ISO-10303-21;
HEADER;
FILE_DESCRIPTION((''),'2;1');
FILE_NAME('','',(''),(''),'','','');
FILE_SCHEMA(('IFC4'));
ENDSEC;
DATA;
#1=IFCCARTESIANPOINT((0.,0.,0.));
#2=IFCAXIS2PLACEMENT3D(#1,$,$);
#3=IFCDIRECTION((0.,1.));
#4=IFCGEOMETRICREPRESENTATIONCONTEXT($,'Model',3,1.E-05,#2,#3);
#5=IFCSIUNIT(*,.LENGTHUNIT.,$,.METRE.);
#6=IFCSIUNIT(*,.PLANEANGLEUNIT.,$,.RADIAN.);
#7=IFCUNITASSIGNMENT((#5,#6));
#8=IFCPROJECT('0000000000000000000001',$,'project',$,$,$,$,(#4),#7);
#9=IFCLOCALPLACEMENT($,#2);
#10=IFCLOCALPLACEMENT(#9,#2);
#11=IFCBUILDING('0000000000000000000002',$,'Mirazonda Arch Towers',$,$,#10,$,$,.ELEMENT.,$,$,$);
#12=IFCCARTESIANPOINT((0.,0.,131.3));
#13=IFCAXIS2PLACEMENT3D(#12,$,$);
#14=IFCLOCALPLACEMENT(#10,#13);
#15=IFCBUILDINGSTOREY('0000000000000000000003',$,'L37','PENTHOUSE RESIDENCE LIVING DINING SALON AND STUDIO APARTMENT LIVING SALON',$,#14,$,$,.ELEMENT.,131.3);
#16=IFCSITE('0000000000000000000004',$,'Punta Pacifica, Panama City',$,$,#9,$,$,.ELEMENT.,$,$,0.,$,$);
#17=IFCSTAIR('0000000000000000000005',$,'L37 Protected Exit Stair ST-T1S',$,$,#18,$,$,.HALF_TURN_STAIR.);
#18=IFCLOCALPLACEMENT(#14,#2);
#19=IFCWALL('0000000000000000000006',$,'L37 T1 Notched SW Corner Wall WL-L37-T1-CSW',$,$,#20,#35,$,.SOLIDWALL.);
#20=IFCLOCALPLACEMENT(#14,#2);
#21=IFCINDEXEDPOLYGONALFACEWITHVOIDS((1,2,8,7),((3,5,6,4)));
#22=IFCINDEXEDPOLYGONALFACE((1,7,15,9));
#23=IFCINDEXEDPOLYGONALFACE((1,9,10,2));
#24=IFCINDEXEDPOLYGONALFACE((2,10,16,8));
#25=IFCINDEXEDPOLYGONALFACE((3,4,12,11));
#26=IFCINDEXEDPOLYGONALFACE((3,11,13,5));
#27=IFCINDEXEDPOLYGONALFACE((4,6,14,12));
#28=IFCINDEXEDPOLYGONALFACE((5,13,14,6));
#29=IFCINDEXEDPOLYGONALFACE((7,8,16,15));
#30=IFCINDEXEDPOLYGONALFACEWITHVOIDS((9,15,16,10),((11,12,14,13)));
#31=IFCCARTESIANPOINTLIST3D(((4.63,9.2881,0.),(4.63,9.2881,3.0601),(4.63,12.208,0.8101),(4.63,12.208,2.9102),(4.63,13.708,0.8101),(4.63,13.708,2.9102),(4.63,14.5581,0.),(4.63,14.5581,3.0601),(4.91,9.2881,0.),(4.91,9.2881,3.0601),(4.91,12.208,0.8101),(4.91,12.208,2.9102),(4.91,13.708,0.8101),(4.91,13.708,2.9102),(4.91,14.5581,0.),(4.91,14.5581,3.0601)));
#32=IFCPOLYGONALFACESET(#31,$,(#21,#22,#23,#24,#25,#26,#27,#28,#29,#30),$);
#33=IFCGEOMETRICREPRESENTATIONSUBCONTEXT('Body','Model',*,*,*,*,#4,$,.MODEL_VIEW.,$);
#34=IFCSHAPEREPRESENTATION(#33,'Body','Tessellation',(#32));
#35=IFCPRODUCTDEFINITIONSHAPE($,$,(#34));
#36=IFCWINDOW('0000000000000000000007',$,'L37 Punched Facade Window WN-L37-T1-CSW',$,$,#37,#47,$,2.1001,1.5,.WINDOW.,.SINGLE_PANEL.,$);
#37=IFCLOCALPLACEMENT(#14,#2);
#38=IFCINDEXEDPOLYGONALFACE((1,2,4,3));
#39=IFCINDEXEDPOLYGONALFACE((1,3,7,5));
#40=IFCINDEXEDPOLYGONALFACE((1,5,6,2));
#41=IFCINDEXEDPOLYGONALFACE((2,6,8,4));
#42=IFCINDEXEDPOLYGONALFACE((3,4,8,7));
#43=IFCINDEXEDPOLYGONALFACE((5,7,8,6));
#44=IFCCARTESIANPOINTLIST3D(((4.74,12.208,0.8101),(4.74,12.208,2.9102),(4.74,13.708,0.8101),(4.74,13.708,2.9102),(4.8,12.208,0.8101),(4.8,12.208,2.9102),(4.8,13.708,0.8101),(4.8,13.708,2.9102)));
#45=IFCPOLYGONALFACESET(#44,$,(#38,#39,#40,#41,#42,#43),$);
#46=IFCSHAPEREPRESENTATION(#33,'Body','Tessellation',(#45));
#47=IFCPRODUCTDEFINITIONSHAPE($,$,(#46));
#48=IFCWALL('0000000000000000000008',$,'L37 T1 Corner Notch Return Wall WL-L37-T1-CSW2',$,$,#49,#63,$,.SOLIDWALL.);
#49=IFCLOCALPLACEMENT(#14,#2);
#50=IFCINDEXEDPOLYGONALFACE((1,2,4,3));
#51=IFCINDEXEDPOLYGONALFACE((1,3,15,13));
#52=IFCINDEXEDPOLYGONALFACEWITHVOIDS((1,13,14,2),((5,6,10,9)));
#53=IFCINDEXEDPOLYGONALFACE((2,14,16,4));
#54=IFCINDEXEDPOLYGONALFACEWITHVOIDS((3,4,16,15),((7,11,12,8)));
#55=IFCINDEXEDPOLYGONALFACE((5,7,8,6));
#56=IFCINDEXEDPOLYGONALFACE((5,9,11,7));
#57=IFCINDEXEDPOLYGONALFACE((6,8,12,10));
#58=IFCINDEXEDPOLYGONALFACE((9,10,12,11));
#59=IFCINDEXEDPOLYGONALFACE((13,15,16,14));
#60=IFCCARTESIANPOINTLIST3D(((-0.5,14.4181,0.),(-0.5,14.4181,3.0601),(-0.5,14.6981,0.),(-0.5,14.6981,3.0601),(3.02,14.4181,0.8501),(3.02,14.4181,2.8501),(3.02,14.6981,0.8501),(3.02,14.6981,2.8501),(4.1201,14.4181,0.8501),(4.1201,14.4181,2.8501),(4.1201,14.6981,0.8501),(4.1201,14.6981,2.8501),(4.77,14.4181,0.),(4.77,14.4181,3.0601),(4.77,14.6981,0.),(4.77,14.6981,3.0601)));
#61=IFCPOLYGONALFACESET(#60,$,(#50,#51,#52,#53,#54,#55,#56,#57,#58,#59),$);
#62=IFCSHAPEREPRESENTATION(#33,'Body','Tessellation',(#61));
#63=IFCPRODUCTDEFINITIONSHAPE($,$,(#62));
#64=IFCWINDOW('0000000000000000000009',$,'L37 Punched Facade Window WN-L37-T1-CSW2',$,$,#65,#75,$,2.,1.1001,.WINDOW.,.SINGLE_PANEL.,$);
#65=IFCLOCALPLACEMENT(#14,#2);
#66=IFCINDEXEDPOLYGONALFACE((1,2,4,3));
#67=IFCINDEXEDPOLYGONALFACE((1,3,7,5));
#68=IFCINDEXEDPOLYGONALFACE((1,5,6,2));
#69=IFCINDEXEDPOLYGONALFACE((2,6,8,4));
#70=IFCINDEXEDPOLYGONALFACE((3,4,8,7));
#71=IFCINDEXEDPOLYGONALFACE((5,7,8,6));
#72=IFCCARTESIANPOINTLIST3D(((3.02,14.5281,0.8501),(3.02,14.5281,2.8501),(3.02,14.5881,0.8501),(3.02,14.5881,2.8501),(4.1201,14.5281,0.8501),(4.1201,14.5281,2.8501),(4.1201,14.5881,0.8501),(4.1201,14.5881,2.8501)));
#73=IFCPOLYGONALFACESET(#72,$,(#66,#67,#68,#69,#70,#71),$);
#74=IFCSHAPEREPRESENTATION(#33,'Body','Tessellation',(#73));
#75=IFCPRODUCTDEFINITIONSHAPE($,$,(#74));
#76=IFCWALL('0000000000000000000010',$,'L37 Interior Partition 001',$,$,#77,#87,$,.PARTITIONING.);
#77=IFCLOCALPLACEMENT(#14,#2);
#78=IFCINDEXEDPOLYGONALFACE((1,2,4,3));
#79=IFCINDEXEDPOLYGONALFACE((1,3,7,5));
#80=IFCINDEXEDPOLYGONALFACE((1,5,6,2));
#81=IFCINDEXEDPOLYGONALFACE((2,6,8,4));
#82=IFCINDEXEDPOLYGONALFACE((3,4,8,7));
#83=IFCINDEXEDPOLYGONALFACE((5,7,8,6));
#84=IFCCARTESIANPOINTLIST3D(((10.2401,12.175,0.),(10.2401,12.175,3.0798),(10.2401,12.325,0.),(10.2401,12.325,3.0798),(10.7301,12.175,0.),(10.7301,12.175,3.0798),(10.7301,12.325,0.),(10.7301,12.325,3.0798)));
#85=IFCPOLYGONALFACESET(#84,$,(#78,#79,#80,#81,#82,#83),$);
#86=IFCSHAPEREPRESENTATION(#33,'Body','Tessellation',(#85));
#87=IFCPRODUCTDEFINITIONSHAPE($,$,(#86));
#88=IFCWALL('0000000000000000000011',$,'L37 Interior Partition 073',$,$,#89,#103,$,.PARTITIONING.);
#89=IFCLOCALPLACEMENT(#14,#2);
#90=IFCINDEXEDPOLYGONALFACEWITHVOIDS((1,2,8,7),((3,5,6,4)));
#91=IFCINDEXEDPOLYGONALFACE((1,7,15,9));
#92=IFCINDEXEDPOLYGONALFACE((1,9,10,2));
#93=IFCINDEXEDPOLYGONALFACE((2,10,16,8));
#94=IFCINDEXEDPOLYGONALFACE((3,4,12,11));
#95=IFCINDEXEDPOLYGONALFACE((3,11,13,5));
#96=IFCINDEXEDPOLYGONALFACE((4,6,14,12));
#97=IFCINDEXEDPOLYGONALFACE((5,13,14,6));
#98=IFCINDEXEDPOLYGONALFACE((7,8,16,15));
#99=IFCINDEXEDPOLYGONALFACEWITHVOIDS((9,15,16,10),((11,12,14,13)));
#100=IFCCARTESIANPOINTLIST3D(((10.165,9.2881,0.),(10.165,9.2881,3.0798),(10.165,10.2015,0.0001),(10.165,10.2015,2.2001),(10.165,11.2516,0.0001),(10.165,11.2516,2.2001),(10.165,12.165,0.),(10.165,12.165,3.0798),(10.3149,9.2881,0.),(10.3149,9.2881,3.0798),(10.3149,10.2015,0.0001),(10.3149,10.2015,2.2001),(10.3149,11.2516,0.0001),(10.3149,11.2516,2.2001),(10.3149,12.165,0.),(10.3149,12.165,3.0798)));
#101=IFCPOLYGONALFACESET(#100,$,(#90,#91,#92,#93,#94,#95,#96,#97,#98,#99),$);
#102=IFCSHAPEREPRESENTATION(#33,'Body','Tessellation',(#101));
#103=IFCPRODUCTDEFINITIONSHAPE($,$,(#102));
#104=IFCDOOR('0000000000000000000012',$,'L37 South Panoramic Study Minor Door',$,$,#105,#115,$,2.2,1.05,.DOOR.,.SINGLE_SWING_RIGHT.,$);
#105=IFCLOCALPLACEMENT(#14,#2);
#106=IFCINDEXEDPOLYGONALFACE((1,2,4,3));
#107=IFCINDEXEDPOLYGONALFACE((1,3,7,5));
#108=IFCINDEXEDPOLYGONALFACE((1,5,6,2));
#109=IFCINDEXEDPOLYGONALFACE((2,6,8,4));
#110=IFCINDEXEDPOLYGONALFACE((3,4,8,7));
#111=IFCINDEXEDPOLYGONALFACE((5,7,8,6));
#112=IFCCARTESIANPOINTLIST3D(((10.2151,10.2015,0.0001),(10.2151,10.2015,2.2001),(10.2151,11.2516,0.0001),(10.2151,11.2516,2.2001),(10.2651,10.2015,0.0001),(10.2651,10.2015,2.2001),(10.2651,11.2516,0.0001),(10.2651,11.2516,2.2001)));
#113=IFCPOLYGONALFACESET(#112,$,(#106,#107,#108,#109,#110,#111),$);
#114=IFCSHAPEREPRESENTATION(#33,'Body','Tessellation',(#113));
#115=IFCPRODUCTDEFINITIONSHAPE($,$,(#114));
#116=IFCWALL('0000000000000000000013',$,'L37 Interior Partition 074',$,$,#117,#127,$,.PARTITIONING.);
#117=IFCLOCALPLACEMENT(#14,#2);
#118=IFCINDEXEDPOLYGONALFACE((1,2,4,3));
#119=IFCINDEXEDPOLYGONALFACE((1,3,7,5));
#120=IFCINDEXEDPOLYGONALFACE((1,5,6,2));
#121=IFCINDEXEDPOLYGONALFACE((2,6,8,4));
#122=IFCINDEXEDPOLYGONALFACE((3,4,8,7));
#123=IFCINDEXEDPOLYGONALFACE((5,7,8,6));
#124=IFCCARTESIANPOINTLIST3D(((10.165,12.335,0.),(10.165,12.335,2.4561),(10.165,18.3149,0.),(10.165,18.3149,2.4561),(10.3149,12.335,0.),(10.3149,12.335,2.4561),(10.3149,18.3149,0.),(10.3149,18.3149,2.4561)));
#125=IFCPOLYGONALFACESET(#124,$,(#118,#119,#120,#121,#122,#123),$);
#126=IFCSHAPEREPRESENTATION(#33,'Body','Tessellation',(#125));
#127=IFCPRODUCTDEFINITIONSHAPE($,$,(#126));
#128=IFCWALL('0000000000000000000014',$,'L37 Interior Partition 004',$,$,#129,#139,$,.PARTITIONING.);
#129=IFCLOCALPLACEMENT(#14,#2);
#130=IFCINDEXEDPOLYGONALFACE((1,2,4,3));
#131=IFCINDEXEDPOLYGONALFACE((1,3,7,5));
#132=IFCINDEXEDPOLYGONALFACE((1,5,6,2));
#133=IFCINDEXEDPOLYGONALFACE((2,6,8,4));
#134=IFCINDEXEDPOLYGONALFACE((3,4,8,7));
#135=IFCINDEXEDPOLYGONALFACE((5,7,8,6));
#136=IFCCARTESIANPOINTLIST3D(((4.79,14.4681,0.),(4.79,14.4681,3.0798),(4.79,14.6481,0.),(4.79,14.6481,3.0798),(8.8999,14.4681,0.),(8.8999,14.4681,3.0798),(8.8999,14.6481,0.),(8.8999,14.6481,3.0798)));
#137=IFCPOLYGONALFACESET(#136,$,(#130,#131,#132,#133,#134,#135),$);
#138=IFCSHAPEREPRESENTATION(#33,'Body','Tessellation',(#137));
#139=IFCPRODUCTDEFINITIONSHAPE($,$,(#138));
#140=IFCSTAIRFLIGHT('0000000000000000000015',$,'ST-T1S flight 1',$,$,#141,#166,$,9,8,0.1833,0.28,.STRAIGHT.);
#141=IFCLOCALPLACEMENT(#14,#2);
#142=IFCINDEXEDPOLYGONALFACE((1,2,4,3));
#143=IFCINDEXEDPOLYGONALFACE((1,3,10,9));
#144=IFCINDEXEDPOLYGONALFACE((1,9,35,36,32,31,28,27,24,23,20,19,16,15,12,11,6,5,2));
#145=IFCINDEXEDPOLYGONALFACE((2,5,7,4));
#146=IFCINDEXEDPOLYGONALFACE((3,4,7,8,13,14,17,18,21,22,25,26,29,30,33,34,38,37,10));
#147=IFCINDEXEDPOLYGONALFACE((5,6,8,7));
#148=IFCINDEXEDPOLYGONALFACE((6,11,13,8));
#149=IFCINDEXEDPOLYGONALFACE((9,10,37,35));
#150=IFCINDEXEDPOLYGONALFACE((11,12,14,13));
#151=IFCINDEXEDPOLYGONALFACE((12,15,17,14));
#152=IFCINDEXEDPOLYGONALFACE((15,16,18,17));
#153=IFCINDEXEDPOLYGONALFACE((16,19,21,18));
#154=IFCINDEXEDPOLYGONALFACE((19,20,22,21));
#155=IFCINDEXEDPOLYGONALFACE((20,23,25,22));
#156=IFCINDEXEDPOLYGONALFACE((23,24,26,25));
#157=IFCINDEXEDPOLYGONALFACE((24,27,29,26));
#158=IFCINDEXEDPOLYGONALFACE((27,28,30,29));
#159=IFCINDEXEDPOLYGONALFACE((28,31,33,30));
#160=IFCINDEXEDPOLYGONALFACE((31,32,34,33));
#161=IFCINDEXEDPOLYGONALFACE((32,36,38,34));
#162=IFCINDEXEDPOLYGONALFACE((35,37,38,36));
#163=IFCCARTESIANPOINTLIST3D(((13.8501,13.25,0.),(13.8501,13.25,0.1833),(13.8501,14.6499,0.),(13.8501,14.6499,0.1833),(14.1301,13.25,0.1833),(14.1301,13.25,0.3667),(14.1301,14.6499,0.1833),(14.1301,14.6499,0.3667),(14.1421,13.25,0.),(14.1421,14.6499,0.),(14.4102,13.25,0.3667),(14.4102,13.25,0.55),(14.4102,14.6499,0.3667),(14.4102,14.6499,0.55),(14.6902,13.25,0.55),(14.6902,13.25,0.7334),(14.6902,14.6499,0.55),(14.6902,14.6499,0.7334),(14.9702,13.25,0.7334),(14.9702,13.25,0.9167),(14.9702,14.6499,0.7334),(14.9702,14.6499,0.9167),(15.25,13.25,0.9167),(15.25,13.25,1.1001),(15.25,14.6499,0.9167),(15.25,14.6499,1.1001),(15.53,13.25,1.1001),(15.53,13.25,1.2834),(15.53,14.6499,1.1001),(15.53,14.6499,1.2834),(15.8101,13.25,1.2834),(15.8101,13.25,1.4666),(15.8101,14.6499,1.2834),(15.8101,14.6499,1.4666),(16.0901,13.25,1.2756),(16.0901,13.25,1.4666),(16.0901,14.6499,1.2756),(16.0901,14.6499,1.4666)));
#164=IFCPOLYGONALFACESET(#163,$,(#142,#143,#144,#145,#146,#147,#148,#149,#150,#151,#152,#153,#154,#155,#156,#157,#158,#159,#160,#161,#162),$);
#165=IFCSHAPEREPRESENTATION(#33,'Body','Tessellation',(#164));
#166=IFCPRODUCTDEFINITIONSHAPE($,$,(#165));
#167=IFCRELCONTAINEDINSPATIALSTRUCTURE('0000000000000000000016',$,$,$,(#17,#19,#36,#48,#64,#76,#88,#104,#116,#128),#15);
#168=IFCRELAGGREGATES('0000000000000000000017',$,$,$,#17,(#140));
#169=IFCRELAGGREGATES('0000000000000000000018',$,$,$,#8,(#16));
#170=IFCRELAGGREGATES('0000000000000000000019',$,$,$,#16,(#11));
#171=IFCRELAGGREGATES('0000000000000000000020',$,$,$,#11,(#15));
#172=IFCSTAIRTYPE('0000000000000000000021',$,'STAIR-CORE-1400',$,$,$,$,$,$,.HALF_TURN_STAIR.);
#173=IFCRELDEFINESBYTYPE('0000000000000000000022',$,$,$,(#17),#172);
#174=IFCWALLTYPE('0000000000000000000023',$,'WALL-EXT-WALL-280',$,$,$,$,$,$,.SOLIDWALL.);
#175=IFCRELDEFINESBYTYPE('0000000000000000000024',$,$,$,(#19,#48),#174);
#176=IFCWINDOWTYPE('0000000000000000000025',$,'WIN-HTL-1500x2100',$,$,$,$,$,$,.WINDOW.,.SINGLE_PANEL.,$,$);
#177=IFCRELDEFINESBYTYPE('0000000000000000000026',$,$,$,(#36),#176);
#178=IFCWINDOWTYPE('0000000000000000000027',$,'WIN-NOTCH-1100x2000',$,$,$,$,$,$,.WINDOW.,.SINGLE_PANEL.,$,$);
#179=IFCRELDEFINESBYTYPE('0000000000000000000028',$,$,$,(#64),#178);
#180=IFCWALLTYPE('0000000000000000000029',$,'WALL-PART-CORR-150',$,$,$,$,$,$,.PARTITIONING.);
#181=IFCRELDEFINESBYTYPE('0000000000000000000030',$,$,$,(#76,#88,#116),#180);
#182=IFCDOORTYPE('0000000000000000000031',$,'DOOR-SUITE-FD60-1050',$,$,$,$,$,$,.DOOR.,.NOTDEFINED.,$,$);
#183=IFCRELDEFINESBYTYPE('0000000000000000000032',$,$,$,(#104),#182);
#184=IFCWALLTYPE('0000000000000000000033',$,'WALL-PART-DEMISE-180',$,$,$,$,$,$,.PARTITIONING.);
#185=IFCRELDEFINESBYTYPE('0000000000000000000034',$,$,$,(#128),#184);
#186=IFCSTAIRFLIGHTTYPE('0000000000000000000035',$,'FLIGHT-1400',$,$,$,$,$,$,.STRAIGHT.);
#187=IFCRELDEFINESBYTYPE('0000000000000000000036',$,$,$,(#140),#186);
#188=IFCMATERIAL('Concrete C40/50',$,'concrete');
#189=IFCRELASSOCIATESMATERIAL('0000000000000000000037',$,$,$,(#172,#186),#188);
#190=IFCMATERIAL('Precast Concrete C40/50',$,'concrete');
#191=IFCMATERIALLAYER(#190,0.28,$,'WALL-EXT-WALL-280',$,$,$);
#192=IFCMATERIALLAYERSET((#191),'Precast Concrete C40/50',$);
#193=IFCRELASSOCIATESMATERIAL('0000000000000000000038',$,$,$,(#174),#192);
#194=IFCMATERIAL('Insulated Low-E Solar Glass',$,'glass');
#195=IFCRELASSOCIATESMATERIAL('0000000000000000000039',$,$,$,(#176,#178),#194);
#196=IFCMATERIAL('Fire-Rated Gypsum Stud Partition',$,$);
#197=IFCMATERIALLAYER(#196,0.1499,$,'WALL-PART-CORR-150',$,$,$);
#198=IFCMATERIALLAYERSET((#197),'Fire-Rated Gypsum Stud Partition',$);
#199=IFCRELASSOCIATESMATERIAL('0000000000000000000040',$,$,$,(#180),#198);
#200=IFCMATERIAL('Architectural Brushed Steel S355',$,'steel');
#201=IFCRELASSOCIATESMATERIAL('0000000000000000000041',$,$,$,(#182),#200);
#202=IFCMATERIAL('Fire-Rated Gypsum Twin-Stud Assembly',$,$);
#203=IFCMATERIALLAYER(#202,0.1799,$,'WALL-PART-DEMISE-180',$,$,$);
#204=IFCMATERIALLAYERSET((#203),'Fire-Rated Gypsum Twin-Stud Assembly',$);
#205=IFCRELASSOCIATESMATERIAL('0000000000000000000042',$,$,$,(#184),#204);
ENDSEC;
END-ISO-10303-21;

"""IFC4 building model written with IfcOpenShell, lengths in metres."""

from ifc_helpers import new_model, si_unit, direction, frame, frame_2d, origin, place, context, subcontext, project, spatial, polyline, rectangle, outline, extrude, material, layer, layer_set, type_object, element, fill, aggregate, save


model = new_model("IFC4")

# Units and contexts
model_context = context("Model", 3, precision=1e-05, world=origin(), true_north=direction((0.0, 1.0)))
body_context = subcontext(model_context, "Body", "Model", "MODEL_VIEW")
ifc_project = project(units=[si_unit("LENGTHUNIT", "METRE"), si_unit("PLANEANGLEUNIT", "RADIAN")], contexts=[model_context])

# Site, building, storey
site_placement = place(None, origin())
site = spatial("IfcSite", under=ifc_project, at=site_placement, Name="Punta Pacifica, Panama City", CompositionType="ELEMENT", RefElevation=0.0)
building_placement = place(site_placement, origin())
building = spatial("IfcBuilding", under=site, at=building_placement, Name="Mirazonda Arch Towers", CompositionType="ELEMENT")
storey_placement = place(building_placement, frame((0.0, 0.0, 131.3)))
storey = spatial("IfcBuildingStorey", under=building, at=storey_placement, Name="L37", Description="PENTHOUSE RESIDENCE LIVING DINING SALON AND STUDIO APARTMENT LIVING SALON", CompositionType="ELEMENT", Elevation=131.3)

# Shared definitions
ifc_material_1 = material(Name="Insulated Low-E Solar Glass", Category="glass")

# Stair
ifc_material_2 = material(Name="Concrete C40/50", Category="concrete")
stair_type = type_object("IfcStairType", Name="STAIR-CORE-1400", PredefinedType="HALF_TURN_STAIR", material=ifc_material_2)
stair_1_placement = place(storey_placement, origin())
stair_1 = element("IfcStair", 1, at=stair_1_placement, inside=storey, type_object=stair_type, Name="L37 Protected Exit Stair ST-T1S", PredefinedType="HALF_TURN_STAIR")

# Walls, openings, windows
ifc_material_3 = material(Name="Precast Concrete C40/50", Category="concrete")
ifc_layer_1 = layer(ifc_material_3, 0.28, Name="WALL-EXT-WALL-280")
ifc_layer_set_1 = layer_set([ifc_layer_1], Name="Precast Concrete C40/50")
wall_type_1 = type_object("IfcWallType", Name="WALL-EXT-WALL-280", PredefinedType="SOLIDWALL", material=ifc_layer_set_1)
wall_1_placement = place(storey_placement, frame((4.77, 14.5581, 0.0), z_axis=(0.0, 0.0, 1.0), x_axis=(0.0, -1.0, 0.0)))
wall_1 = element("IfcWall", 2, at=wall_1_placement, inside=storey, type_object=wall_type_1, Name="L37 T1 Notched SW Corner Wall WL-L37-T1-CSW", PredefinedType="SOLIDWALL", context=body_context, shape_type="SweptSolid", body=[
    extrude(rectangle(XDim=5.27, YDim=0.28, at=frame_2d((2.635, 0.0))), origin(), (0.0, 0.0, 1.0), 3.0601),
])
opening_1_placement = place(wall_1_placement, frame((0.8501, 0.0, 0.8101)))
opening_1 = element("IfcOpeningElement", 3, at=opening_1_placement, cuts=wall_1, PredefinedType="OPENING", context=body_context, shape_type="SweptSolid", body=[
    extrude(rectangle(XDim=1.5, YDim=2.1001, at=frame_2d((0.75, 1.05))), frame((0.0, 0.1499, 0.0), z_axis=(0.0, -1.0, 0.0), x_axis=(1.0, 0.0, 0.0)), (0.0, 0.0, 1.0), 0.3),
])
window_type_1 = type_object("IfcWindowType", Name="WIN-HTL-1500x2100", PartitioningType="SINGLE_PANEL", PredefinedType="WINDOW", material=ifc_material_1)
window_1_placement = place(opening_1_placement, origin())
window_1 = element("IfcWindow", 4, at=window_1_placement, inside=storey, type_object=window_type_1, Name="L37 Punched Facade Window WN-L37-T1-CSW", OverallHeight=2.1001, OverallWidth=1.5, PartitioningType="SINGLE_PANEL", PredefinedType="WINDOW", context=body_context, shape_type="SweptSolid", body=[
    extrude(rectangle(XDim=1.5, YDim=2.1001, at=frame_2d((0.75, 1.05))), frame((0.0, 0.03, 0.0), z_axis=(0.0, -1.0, 0.0), x_axis=(1.0, 0.0, 0.0)), (0.0, 0.0, 1.0), 0.0601),
])
fill(opening_1, window_1)
wall_2_placement = place(storey_placement, frame((-0.5, 14.5581, 0.0), z_axis=(0.0, 0.0, 1.0), x_axis=(1.0, 0.0, 0.0)))
wall_2 = element("IfcWall", 5, at=wall_2_placement, inside=storey, type_object=wall_type_1, Name="L37 T1 Corner Notch Return Wall WL-L37-T1-CSW2", PredefinedType="SOLIDWALL", context=body_context, shape_type="SweptSolid", body=[
    extrude(rectangle(XDim=5.27, YDim=0.28, at=frame_2d((2.635, 0.0))), origin(), (0.0, 0.0, 1.0), 3.0601),
])
opening_2_placement = place(wall_2_placement, frame((3.52, 0.0, 0.8501)))
opening_2 = element("IfcOpeningElement", 6, at=opening_2_placement, cuts=wall_2, PredefinedType="OPENING", context=body_context, shape_type="SweptSolid", body=[
    extrude(rectangle(XDim=1.1001, YDim=2.0, at=frame_2d((0.55, 1.0))), frame((0.0, 0.1499, 0.0), z_axis=(0.0, -1.0, 0.0), x_axis=(1.0, 0.0, 0.0)), (0.0, 0.0, 1.0), 0.3),
])
window_type_2 = type_object("IfcWindowType", Name="WIN-NOTCH-1100x2000", PartitioningType="SINGLE_PANEL", PredefinedType="WINDOW", material=ifc_material_1)
window_2_placement = place(opening_2_placement, origin())
window_2 = element("IfcWindow", 7, at=window_2_placement, inside=storey, type_object=window_type_2, Name="L37 Punched Facade Window WN-L37-T1-CSW2", OverallHeight=2.0, OverallWidth=1.1001, PartitioningType="SINGLE_PANEL", PredefinedType="WINDOW", context=body_context, shape_type="SweptSolid", body=[
    extrude(rectangle(XDim=1.1001, YDim=2.0, at=frame_2d((0.55, 1.0))), frame((0.0, 0.03, 0.0), z_axis=(0.0, -1.0, 0.0), x_axis=(1.0, 0.0, 0.0)), (0.0, 0.0, 1.0), 0.0601),
])
fill(opening_2, window_2)

# Wall
ifc_material_4 = material(Name="Fire-Rated Gypsum Stud Partition")
ifc_layer_2 = layer(ifc_material_4, 0.1499, Name="WALL-PART-CORR-150")
ifc_layer_set_2 = layer_set([ifc_layer_2], Name="Fire-Rated Gypsum Stud Partition")
wall_type_2 = type_object("IfcWallType", Name="WALL-PART-CORR-150", PredefinedType="PARTITIONING", material=ifc_layer_set_2)
wall_3_placement = place(storey_placement, frame((10.24, 12.25, 0.0), z_axis=(0.0, 0.0, 1.0), x_axis=(1.0, 0.0, 0.0)))
element("IfcWall", 8, at=wall_3_placement, inside=storey, type_object=wall_type_2, Name="L37 Interior Partition 001", PredefinedType="PARTITIONING", context=body_context, shape_type="SweptSolid", body=[
    extrude(rectangle(XDim=0.49, YDim=0.1499, at=frame_2d((0.2451, 0.0))), origin(), (0.0, 0.0, 1.0), 3.0798),
])

# Wall, opening, door
wall_4_placement = place(storey_placement, frame((10.24, 9.2881, 0.0), z_axis=(0.0, 0.0, 1.0), x_axis=(0.0, 1.0, 0.0)))
wall_4 = element("IfcWall", 9, at=wall_4_placement, inside=storey, type_object=wall_type_2, Name="L37 Interior Partition 073", PredefinedType="PARTITIONING", context=body_context, shape_type="SweptSolid", body=[
    extrude(rectangle(XDim=2.877, YDim=0.1499, at=frame_2d((1.4385, 0.0))), origin(), (0.0, 0.0, 1.0), 3.0798),
])
opening_3_placement = place(wall_4_placement, frame((0.9136, 0.0, 0.0)))
opening_3 = element("IfcOpeningElement", 10, at=opening_3_placement, cuts=wall_4, PredefinedType="OPENING", context=body_context, shape_type="SweptSolid", body=[
    extrude(rectangle(XDim=1.05, YDim=2.2, at=frame_2d((0.5249, 1.1001))), frame((0.0, 0.085, 0.0), z_axis=(0.0, -1.0, 0.0), x_axis=(1.0, 0.0, 0.0)), (0.0, 0.0, 1.0), 0.1699),
])
ifc_material_5 = material(Name="Architectural Brushed Steel S355", Category="steel")
door_type_1 = type_object("IfcDoorType", Name="DOOR-SUITE-FD60-1050", OperationType="NOTDEFINED", PredefinedType="DOOR", material=ifc_material_5)
door_1_placement = place(opening_3_placement, origin())
door_1 = element("IfcDoor", 11, at=door_1_placement, inside=storey, type_object=door_type_1, Name="L37 South Panoramic Study Minor Door", OperationType="SINGLE_SWING_RIGHT", OverallHeight=2.2, OverallWidth=1.05, PredefinedType="DOOR", context=body_context, shape_type="SweptSolid", body=[
    extrude(rectangle(XDim=1.05, YDim=2.2, at=frame_2d((0.5249, 1.1001))), frame((0.0, 0.0249, 0.0), z_axis=(0.0, -1.0, 0.0), x_axis=(1.0, 0.0, 0.0)), (0.0, 0.0, 1.0), 0.05),
])
fill(opening_3, door_1)

# Walls
wall_5_placement = place(storey_placement, frame((10.24, 12.335, 0.0), z_axis=(0.0, 0.0, 1.0), x_axis=(0.0, 1.0, 0.0)))
element("IfcWall", 12, at=wall_5_placement, inside=storey, type_object=wall_type_2, Name="L37 Interior Partition 074", PredefinedType="PARTITIONING", context=body_context, shape_type="SweptSolid", body=[
    extrude(rectangle(XDim=5.98, YDim=0.1499, at=frame_2d((2.99, 0.0))), origin(), (0.0, 0.0, 1.0), 2.4561),
])
ifc_material_6 = material(Name="Fire-Rated Gypsum Twin-Stud Assembly")
ifc_layer_3 = layer(ifc_material_6, 0.1799, Name="WALL-PART-DEMISE-180")
ifc_layer_set_3 = layer_set([ifc_layer_3], Name="Fire-Rated Gypsum Twin-Stud Assembly")
wall_type_3 = type_object("IfcWallType", Name="WALL-PART-DEMISE-180", PredefinedType="PARTITIONING", material=ifc_layer_set_3)
wall_6_placement = place(storey_placement, frame((4.79, 14.5581, 0.0), z_axis=(0.0, 0.0, 1.0), x_axis=(1.0, 0.0, 0.0)))
element("IfcWall", 13, at=wall_6_placement, inside=storey, type_object=wall_type_3, Name="L37 Interior Partition 004", PredefinedType="PARTITIONING", context=body_context, shape_type="SweptSolid", body=[
    extrude(rectangle(XDim=4.1099, YDim=0.1799, at=frame_2d((2.0549, 0.0))), origin(), (0.0, 0.0, 1.0), 3.0798),
])

# Stair flight
stair_flight_type = type_object("IfcStairFlightType", Name="FLIGHT-1400", PredefinedType="STRAIGHT", material=ifc_material_2)
stair_flight_placement = place(storey_placement, frame((13.8501, 13.95, 0.0), z_axis=(0.0, 0.0, 1.0), x_axis=(1.0, 0.0, 0.0)))
stair_flight = element("IfcStairFlight", 14, at=stair_flight_placement, type_object=stair_flight_type, Name="ST-T1S flight 1", NumberOfRisers=9, NumberOfTreads=8, PredefinedType="STRAIGHT", RiserHeight=0.1833, TreadLength=0.28, context=body_context, shape_type="SweptSolid", body=[
    extrude(outline(polyline([(0.0, 0.0), (0.0, 0.1833), (0.28, 0.1833), (0.28, 0.3667), (0.5601, 0.3667), (0.5601, 0.55), (0.8401, 0.55), (0.8401, 0.7334), (1.1201, 0.7334), (1.1201, 0.9167), (1.3999, 0.9167), (1.3999, 1.1001), (1.6799, 1.1001), (1.6799, 1.2834), (1.96, 1.2834), (1.96, 1.4666), (2.24, 1.4666), (2.24, 1.6499), (2.24, 1.2756), (0.292, 0.0), (0.0, 0.0)])), frame((0.0, 0.7, 0.0), z_axis=(0.0, -1.0, 0.0), x_axis=(1.0, 0.0, 0.0)), (0.0, 0.0, 1.0), 1.3999),
])
aggregate(stair_1, [stair_flight])

save(model, "model.ifc")
